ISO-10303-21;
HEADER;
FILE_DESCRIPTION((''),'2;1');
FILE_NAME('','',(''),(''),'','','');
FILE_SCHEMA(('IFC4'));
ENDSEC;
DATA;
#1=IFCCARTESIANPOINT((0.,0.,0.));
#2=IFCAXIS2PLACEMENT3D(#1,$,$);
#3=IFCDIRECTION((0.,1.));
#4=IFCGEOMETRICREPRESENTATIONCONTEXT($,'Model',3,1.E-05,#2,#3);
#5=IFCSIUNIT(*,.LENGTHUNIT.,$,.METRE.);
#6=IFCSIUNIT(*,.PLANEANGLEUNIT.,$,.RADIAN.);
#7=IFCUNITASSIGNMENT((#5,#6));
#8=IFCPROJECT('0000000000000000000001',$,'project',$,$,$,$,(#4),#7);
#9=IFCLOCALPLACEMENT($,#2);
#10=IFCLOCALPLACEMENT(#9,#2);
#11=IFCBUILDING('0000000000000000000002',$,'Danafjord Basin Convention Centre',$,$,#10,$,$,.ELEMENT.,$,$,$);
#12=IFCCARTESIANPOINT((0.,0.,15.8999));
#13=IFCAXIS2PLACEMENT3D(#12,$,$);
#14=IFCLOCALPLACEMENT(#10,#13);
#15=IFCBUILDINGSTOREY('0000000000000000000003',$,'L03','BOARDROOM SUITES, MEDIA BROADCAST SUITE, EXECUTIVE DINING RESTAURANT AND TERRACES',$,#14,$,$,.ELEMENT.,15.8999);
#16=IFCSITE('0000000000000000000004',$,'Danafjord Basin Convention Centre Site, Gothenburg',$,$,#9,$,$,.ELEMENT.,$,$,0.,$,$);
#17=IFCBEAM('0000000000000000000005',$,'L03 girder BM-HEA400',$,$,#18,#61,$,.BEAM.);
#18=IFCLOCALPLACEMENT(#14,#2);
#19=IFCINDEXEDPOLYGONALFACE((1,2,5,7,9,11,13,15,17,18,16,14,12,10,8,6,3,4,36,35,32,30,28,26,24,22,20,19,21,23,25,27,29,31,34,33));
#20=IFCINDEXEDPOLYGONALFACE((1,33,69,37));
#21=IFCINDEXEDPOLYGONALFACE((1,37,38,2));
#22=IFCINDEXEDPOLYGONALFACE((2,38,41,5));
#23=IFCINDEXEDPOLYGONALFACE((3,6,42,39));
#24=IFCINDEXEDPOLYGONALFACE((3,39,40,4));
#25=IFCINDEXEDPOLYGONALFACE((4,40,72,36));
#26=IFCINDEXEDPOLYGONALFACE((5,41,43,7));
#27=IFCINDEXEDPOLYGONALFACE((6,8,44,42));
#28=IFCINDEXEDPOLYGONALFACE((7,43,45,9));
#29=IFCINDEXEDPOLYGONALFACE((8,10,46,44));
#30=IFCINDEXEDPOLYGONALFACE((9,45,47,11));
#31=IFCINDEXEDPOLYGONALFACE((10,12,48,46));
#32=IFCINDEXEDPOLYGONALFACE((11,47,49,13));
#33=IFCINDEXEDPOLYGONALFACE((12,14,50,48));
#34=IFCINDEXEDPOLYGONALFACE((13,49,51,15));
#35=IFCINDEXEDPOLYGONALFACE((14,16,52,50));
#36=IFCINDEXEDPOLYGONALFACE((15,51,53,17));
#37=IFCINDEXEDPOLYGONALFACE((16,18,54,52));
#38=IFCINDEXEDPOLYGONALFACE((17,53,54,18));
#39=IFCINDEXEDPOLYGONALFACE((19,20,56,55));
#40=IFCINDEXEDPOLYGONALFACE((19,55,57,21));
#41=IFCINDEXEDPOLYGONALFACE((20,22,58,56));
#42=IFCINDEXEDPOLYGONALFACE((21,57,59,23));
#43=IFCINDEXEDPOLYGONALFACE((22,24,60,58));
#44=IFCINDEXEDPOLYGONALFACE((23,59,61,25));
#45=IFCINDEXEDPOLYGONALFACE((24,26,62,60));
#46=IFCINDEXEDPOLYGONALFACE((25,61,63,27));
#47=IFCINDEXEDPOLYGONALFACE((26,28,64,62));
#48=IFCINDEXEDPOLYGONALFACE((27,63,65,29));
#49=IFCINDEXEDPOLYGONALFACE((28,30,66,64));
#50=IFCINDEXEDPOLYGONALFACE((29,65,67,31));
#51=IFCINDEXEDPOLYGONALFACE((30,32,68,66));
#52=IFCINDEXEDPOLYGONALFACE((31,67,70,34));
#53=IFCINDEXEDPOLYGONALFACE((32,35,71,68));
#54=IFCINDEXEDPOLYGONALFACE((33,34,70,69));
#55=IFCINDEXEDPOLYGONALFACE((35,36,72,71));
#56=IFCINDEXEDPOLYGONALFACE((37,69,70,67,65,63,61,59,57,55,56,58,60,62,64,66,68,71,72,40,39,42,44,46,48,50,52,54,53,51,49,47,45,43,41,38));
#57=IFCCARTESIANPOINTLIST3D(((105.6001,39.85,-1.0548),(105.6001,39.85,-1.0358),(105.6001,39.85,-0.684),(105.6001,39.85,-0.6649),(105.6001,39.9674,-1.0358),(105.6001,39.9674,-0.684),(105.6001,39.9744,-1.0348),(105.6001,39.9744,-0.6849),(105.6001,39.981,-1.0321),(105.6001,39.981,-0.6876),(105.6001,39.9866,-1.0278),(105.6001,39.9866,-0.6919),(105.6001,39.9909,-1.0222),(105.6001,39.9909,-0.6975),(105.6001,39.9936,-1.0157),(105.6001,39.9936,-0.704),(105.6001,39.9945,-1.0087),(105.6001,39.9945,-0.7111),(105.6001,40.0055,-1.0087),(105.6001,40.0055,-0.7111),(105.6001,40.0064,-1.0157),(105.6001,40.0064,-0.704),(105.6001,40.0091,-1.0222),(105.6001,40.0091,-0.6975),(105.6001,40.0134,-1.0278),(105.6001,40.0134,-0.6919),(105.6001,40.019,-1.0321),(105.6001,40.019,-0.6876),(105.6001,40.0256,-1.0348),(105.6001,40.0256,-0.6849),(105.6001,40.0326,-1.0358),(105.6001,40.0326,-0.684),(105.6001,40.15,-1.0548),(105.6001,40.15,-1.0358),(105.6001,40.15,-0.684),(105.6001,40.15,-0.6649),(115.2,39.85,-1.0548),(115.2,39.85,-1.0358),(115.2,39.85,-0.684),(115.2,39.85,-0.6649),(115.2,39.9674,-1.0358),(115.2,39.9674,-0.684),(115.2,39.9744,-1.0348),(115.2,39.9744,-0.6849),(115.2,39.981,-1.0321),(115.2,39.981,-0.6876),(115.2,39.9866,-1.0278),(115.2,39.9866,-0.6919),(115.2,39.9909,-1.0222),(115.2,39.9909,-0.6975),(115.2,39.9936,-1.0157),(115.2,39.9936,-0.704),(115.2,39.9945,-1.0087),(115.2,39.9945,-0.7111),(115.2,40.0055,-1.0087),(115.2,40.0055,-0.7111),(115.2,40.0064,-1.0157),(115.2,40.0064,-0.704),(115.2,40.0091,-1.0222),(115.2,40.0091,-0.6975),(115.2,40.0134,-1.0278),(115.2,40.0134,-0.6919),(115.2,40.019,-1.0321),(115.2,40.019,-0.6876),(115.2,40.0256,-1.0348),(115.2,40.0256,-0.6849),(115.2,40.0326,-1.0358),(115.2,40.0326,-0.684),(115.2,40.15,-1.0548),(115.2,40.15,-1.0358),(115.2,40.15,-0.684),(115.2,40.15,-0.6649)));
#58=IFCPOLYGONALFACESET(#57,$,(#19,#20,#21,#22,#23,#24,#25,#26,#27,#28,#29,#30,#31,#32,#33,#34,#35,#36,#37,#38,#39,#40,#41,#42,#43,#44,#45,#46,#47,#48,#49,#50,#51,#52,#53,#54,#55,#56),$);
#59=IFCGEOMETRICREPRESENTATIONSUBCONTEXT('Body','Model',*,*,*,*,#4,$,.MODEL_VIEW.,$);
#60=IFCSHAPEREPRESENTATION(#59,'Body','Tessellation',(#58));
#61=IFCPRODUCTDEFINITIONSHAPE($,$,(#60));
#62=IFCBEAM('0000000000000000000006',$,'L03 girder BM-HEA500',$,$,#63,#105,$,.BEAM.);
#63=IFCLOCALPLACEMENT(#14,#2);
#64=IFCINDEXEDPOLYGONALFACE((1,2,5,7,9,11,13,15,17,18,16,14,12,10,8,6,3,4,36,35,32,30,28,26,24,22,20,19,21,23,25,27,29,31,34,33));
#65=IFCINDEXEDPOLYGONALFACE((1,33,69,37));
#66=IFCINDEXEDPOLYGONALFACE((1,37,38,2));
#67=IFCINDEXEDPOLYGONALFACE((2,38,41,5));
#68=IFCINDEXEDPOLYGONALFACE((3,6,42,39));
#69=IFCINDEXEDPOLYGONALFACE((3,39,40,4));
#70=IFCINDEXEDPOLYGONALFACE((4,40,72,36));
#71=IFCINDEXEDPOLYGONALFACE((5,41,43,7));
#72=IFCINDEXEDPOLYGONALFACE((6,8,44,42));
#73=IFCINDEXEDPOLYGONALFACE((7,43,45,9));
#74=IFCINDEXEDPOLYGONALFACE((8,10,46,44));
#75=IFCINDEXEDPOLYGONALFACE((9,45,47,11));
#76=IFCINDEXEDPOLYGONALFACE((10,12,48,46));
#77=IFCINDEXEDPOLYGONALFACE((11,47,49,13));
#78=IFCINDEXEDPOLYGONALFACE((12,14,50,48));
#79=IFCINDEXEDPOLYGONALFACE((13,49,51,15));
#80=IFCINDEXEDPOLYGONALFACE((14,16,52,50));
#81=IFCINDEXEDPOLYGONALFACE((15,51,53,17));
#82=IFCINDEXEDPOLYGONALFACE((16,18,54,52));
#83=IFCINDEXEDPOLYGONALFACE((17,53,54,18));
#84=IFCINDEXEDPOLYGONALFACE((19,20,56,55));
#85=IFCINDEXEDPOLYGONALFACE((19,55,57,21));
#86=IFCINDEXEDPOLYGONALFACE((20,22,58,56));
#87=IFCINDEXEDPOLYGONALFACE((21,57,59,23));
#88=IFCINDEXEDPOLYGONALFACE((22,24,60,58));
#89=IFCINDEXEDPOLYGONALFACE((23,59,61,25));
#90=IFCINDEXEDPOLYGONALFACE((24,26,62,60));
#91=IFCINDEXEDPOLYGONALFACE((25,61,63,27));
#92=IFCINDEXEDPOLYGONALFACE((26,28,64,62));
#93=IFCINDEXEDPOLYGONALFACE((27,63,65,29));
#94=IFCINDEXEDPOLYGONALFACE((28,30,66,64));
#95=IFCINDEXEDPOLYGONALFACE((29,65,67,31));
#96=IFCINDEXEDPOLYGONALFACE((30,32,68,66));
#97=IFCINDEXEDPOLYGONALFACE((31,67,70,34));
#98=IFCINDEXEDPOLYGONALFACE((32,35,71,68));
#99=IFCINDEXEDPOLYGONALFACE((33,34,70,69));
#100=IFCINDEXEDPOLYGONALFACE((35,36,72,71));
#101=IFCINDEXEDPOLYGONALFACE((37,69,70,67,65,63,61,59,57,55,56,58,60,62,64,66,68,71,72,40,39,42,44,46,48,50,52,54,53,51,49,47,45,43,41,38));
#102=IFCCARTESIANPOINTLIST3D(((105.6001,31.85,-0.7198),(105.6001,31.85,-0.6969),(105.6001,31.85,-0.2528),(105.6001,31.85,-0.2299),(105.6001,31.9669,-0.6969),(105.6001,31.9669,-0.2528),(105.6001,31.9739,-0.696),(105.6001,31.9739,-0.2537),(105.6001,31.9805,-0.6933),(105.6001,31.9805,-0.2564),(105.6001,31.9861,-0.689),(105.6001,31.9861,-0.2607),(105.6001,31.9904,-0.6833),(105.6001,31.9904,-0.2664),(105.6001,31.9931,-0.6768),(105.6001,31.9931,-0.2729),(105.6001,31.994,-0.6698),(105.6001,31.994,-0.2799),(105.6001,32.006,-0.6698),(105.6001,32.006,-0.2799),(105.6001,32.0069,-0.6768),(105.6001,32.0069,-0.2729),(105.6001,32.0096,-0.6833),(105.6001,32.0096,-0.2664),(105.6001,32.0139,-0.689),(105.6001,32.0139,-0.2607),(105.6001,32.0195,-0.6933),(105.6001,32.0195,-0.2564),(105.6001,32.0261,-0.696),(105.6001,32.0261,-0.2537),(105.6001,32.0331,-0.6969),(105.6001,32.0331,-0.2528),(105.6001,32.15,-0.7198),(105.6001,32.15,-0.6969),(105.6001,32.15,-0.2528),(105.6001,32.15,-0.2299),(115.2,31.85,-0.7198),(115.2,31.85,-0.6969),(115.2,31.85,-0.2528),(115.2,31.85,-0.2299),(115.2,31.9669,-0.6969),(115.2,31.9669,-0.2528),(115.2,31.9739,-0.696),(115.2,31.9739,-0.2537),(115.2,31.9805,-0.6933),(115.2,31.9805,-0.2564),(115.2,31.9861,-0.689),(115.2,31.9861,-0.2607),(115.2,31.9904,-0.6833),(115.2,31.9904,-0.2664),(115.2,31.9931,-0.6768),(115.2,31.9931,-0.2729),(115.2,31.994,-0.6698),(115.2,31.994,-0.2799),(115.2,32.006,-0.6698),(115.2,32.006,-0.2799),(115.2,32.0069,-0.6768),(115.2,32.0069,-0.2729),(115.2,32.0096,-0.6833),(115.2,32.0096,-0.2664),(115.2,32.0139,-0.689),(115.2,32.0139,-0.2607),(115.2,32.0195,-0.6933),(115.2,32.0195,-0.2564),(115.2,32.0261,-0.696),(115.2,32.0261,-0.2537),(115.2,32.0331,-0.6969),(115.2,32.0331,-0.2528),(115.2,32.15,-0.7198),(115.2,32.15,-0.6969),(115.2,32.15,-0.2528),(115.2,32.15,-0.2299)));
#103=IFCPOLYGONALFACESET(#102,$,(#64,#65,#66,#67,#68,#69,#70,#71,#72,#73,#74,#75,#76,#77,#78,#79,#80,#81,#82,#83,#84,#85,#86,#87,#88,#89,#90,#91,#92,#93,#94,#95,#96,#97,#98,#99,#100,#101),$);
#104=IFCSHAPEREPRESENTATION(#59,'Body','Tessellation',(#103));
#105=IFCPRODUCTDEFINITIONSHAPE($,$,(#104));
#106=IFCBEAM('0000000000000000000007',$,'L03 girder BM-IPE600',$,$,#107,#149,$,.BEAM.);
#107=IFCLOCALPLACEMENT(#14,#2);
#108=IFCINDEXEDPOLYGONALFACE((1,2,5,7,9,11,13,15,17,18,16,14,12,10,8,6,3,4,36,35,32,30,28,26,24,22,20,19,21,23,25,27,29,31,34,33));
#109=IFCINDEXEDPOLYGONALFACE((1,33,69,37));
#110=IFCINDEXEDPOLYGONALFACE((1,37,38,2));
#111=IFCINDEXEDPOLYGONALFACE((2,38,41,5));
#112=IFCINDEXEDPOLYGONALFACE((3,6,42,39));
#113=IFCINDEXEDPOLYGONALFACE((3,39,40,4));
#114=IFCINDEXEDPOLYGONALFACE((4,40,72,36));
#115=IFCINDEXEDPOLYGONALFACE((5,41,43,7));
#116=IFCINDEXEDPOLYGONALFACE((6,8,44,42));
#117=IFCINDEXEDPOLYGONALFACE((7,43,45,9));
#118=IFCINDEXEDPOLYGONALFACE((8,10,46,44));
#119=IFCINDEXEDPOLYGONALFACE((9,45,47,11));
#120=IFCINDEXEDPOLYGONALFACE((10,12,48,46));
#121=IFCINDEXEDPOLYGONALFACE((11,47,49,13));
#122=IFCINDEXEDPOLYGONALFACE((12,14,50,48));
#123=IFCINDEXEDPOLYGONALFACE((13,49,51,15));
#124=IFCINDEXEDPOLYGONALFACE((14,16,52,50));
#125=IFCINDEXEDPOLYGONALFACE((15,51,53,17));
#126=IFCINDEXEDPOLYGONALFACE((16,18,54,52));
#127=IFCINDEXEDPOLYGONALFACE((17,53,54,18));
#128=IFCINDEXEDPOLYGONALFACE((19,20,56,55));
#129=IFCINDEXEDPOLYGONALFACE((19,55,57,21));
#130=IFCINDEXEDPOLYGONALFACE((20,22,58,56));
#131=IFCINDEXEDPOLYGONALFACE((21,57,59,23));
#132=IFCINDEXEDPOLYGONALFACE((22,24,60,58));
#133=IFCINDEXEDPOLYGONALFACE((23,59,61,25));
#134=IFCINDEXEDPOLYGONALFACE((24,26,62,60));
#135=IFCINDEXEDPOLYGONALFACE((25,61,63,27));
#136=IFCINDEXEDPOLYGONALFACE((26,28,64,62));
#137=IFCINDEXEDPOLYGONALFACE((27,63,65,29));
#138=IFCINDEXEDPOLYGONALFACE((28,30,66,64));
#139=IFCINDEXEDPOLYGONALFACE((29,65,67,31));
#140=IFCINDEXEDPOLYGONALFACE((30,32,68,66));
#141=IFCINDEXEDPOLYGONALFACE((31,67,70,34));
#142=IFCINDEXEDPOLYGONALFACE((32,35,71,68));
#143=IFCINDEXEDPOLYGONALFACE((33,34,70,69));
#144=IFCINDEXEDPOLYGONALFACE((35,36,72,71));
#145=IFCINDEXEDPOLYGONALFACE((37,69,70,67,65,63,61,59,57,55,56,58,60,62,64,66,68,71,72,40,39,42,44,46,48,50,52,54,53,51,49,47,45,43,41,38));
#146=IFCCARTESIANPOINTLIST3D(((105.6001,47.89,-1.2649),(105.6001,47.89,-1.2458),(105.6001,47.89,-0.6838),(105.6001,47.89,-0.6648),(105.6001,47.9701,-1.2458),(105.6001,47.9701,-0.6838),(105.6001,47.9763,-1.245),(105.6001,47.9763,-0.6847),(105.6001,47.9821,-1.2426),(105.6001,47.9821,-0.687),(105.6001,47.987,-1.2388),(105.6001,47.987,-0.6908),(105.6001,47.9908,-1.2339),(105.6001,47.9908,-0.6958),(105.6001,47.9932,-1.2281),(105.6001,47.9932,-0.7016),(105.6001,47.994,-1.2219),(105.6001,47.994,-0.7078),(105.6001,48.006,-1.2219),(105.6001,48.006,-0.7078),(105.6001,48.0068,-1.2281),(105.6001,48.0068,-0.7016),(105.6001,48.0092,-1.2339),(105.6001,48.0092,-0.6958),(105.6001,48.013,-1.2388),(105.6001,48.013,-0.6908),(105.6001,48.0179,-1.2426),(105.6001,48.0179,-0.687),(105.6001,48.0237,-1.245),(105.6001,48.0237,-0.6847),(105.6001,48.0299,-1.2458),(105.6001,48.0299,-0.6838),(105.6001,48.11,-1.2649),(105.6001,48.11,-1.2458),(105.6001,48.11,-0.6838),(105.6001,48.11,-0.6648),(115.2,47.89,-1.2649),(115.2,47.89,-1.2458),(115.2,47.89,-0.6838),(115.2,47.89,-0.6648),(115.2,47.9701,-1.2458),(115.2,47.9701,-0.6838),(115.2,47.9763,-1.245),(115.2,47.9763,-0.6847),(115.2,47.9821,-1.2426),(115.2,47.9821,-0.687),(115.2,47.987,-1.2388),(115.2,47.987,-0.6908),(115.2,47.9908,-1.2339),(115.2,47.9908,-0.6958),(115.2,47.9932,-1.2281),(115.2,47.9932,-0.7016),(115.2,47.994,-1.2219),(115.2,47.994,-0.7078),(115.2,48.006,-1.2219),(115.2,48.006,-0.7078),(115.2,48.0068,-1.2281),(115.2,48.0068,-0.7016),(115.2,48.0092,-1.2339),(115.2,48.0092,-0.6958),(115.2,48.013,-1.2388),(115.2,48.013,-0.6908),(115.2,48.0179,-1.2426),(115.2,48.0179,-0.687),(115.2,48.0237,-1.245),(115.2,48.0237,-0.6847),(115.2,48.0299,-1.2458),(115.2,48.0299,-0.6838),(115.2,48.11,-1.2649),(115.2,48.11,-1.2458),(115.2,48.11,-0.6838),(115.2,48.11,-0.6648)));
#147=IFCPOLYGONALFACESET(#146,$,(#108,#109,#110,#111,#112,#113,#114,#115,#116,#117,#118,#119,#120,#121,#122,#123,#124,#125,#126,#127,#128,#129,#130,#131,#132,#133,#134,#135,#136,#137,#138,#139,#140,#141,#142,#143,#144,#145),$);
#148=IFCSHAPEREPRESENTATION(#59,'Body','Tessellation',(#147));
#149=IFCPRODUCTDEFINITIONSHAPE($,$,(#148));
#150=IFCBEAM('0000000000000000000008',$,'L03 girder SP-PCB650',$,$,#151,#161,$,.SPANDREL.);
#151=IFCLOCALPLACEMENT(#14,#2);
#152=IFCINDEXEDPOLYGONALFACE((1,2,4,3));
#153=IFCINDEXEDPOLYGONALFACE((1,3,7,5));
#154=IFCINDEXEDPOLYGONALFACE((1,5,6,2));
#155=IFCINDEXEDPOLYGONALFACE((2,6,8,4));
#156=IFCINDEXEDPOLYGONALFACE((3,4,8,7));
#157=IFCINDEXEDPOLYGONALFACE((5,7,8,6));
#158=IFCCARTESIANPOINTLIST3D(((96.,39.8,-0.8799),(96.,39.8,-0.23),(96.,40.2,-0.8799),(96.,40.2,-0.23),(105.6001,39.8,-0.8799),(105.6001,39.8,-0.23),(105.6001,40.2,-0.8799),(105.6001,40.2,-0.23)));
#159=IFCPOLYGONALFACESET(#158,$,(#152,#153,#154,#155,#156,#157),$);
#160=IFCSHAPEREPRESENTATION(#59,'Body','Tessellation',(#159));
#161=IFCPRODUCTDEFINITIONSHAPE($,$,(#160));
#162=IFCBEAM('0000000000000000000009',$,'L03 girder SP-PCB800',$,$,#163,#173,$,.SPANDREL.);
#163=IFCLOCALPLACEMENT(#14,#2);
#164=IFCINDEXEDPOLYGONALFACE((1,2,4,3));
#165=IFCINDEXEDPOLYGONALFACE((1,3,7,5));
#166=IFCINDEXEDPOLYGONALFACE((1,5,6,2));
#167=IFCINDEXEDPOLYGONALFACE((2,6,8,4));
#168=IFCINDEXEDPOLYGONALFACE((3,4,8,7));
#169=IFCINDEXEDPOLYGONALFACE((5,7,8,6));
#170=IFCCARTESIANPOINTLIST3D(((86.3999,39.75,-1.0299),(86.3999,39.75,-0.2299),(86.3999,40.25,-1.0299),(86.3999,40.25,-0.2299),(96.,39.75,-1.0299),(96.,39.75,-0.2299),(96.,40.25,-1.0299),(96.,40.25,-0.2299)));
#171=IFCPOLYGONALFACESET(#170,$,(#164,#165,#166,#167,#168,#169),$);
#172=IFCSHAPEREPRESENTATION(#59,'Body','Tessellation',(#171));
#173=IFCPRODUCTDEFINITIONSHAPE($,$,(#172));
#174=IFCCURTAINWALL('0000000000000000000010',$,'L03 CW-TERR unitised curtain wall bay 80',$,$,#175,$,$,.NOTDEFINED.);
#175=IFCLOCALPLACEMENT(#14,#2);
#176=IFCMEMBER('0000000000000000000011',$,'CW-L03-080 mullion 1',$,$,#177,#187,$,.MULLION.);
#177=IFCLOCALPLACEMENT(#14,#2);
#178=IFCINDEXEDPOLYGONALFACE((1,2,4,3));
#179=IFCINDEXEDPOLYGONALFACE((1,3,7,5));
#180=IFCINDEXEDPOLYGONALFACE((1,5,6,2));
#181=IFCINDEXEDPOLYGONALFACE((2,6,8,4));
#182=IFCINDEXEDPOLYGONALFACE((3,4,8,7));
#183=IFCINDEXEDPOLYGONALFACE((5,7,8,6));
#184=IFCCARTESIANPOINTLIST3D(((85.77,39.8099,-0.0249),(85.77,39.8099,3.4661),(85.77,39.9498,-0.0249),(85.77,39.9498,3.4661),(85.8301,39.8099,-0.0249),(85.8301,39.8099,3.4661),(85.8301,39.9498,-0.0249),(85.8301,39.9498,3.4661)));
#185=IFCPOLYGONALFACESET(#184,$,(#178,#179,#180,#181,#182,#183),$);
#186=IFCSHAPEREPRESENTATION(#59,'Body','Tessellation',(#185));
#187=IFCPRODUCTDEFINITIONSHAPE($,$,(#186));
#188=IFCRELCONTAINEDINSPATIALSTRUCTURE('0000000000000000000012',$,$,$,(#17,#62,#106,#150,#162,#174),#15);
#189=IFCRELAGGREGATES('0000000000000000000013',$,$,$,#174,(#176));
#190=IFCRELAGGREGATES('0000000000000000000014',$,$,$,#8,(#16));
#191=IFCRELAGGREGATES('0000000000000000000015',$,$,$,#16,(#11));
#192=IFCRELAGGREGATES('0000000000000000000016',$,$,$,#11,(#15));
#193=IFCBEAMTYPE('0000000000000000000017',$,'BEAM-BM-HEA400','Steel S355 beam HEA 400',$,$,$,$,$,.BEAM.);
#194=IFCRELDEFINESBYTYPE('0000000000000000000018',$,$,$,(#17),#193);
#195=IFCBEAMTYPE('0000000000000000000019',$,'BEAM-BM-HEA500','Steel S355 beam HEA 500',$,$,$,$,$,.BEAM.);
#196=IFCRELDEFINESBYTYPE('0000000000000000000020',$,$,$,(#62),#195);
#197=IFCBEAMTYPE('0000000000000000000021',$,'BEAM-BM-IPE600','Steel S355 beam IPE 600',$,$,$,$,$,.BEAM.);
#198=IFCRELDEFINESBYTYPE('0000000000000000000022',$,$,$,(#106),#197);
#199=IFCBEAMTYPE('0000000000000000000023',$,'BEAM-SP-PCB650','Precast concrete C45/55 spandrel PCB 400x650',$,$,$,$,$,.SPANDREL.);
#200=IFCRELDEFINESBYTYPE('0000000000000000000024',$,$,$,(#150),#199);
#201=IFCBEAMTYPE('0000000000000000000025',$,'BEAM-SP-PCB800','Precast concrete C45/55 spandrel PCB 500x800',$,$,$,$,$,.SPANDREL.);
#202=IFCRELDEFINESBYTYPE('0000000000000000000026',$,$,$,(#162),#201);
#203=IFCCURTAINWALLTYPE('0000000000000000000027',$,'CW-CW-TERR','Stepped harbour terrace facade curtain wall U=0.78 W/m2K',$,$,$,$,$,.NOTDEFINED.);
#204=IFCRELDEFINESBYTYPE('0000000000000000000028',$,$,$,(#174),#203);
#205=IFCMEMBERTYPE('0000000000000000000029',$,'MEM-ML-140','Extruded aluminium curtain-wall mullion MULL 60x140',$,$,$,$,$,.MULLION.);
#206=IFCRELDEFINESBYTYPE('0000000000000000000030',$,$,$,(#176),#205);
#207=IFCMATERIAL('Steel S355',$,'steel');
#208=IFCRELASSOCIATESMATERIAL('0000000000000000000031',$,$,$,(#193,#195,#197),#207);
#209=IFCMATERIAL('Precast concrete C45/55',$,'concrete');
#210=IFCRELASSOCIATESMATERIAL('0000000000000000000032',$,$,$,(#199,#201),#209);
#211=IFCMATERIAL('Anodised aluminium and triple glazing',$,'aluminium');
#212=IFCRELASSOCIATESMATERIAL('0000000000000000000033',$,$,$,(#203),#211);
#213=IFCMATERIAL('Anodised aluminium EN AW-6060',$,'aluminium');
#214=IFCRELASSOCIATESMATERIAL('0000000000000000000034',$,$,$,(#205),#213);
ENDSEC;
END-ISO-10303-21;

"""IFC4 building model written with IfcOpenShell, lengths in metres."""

from ifc_helpers import new_model, si_unit, direction, frame, origin, origin_2d, place, context, subcontext, project, spatial, rectangle, i_section, extrude, material, material_profile, profile_set, type_object, element, aggregate, save


model = new_model("IFC4")

# Units and contexts
model_context = context("Model", 3, precision=1e-05, world=origin(), true_north=direction((0.0, 1.0)))
body_context = subcontext(model_context, "Body", "Model", "MODEL_VIEW")
ifc_project = project(units=[si_unit("LENGTHUNIT", "METRE"), si_unit("PLANEANGLEUNIT", "RADIAN")], contexts=[model_context])

# Site, building, storey
site_placement = place(None, origin())
site = spatial("IfcSite", under=ifc_project, at=site_placement, Name="Danafjord Basin Convention Centre Site, Gothenburg", CompositionType="ELEMENT", RefElevation=0.0)
building_placement = place(site_placement, origin())
building = spatial("IfcBuilding", under=site, at=building_placement, Name="Danafjord Basin Convention Centre", CompositionType="ELEMENT")
storey_placement = place(building_placement, frame((0.0, 0.0, 15.8999)))
storey = spatial("IfcBuildingStorey", under=building, at=storey_placement, Name="L03", Description="BOARDROOM SUITES, MEDIA BROADCAST SUITE, EXECUTIVE DINING RESTAURANT AND TERRACES", CompositionType="ELEMENT", Elevation=15.8999)

# Shared definitions
ifc_material_1 = material(Name="Steel S355", Category="steel")

# Beams
ifc_material_profile_1 = material_profile(ifc_material_1, i_section(OverallWidth=0.3, OverallDepth=0.3899, WebThickness=0.011, FlangeThickness=0.019, FilletRadius=0.0271, at=origin_2d()), Name="HEA 400")
ifc_profile_set_1 = profile_set([ifc_material_profile_1], Name="Steel S355")
beam_type_1 = type_object("IfcBeamType", Name="BEAM-BM-HEA400", Description="Steel S355 beam HEA 400", PredefinedType="BEAM", material=ifc_profile_set_1)
beam_1_placement = place(storey_placement, frame((105.6001, 40.0, -0.8599), z_axis=(1.0, 0.0, 0.0), x_axis=(0.0, 1.0, 0.0)))
element("IfcBeam", 1, at=beam_1_placement, inside=storey, type_object=beam_type_1, Name="L03 girder BM-HEA400", PredefinedType="BEAM", context=body_context, shape_type="SweptSolid", body=[
    extrude(i_section(OverallWidth=0.3, OverallDepth=0.3899, WebThickness=0.011, FlangeThickness=0.019, FilletRadius=0.0271, at=origin_2d()), origin(), (0.0, 0.0, 1.0), 9.5999),
])
ifc_material_profile_2 = material_profile(ifc_material_1, i_section(OverallWidth=0.3, OverallDepth=0.49, WebThickness=0.012, FlangeThickness=0.0229, FilletRadius=0.0271, at=origin_2d()), Name="HEA 500")
ifc_profile_set_2 = profile_set([ifc_material_profile_2], Name="Steel S355")
beam_type_2 = type_object("IfcBeamType", Name="BEAM-BM-HEA500", Description="Steel S355 beam HEA 500", PredefinedType="BEAM", material=ifc_profile_set_2)
beam_2_placement = place(storey_placement, frame((105.6001, 32.0, -0.4749), z_axis=(1.0, 0.0, 0.0), x_axis=(0.0, 1.0, 0.0)))
element("IfcBeam", 2, at=beam_2_placement, inside=storey, type_object=beam_type_2, Name="L03 girder BM-HEA500", PredefinedType="BEAM", context=body_context, shape_type="SweptSolid", body=[
    extrude(i_section(OverallWidth=0.3, OverallDepth=0.49, WebThickness=0.012, FlangeThickness=0.0229, FilletRadius=0.0271, at=origin_2d()), origin(), (0.0, 0.0, 1.0), 9.5999),
])
ifc_material_profile_3 = material_profile(ifc_material_1, i_section(OverallWidth=0.22, OverallDepth=0.6001, WebThickness=0.012, FlangeThickness=0.019, FilletRadius=0.0239, at=origin_2d()), Name="IPE 600")
ifc_profile_set_3 = profile_set([ifc_material_profile_3], Name="Steel S355")
beam_type_3 = type_object("IfcBeamType", Name="BEAM-BM-IPE600", Description="Steel S355 beam IPE 600", PredefinedType="BEAM", material=ifc_profile_set_3)
beam_3_placement = place(storey_placement, frame((105.6001, 48.0, -0.9648), z_axis=(1.0, 0.0, 0.0), x_axis=(0.0, 1.0, 0.0)))
element("IfcBeam", 3, at=beam_3_placement, inside=storey, type_object=beam_type_3, Name="L03 girder BM-IPE600", PredefinedType="BEAM", context=body_context, shape_type="SweptSolid", body=[
    extrude(i_section(OverallWidth=0.22, OverallDepth=0.6001, WebThickness=0.012, FlangeThickness=0.019, FilletRadius=0.0239, at=origin_2d()), origin(), (0.0, 0.0, 1.0), 9.5999),
])
ifc_material_2 = material(Name="Precast concrete C45/55", Category="concrete")
ifc_material_profile_4 = material_profile(ifc_material_2, rectangle(XDim=0.3999, YDim=0.6499, at=origin_2d()), Name="PCB 400x650")
ifc_profile_set_4 = profile_set([ifc_material_profile_4], Name="Precast concrete C45/55")
beam_type_4 = type_object("IfcBeamType", Name="BEAM-SP-PCB650", Description="Precast concrete C45/55 spandrel PCB 400x650", PredefinedType="SPANDREL", material=ifc_profile_set_4)
beam_4_placement = place(storey_placement, frame((96.0, 40.0, -0.5549), z_axis=(1.0, 0.0, 0.0), x_axis=(0.0, 1.0, 0.0)))
element("IfcBeam", 4, at=beam_4_placement, inside=storey, type_object=beam_type_4, Name="L03 girder SP-PCB650", PredefinedType="SPANDREL", context=body_context, shape_type="SweptSolid", body=[
    extrude(rectangle(XDim=0.3999, YDim=0.6499, at=origin_2d()), origin(), (0.0, 0.0, 1.0), 9.6001),
])
ifc_material_profile_5 = material_profile(ifc_material_2, rectangle(XDim=0.5, YDim=0.8, at=origin_2d()), Name="PCB 500x800")
ifc_profile_set_5 = profile_set([ifc_material_profile_5], Name="Precast concrete C45/55")
beam_type_5 = type_object("IfcBeamType", Name="BEAM-SP-PCB800", Description="Precast concrete C45/55 spandrel PCB 500x800", PredefinedType="SPANDREL", material=ifc_profile_set_5)
beam_5_placement = place(storey_placement, frame((86.3999, 40.0, -0.6299), z_axis=(1.0, 0.0, 0.0), x_axis=(0.0, 1.0, 0.0)))
element("IfcBeam", 5, at=beam_5_placement, inside=storey, type_object=beam_type_5, Name="L03 girder SP-PCB800", PredefinedType="SPANDREL", context=body_context, shape_type="SweptSolid", body=[
    extrude(rectangle(XDim=0.5, YDim=0.8, at=origin_2d()), origin(), (0.0, 0.0, 1.0), 9.6001),
])

# Curtain wall, member
ifc_material_3 = material(Name="Anodised aluminium and triple glazing", Category="aluminium")
curtain_wall_type = type_object("IfcCurtainWallType", Name="CW-CW-TERR", Description="Stepped harbour terrace facade curtain wall U=0.78 W/m2K", PredefinedType="NOTDEFINED", material=ifc_material_3)
curtain_wall_1_placement = place(storey_placement, origin())
curtain_wall_1 = element("IfcCurtainWall", 6, at=curtain_wall_1_placement, inside=storey, type_object=curtain_wall_type, Name="L03 CW-TERR unitised curtain wall bay 80", PredefinedType="NOTDEFINED")
ifc_material_4 = material(Name="Anodised aluminium EN AW-6060", Category="aluminium")
ifc_material_profile_6 = material_profile(ifc_material_4, rectangle(XDim=0.0601, YDim=0.1399, at=origin_2d()), Name="MULL 60x140")
ifc_profile_set_6 = profile_set([ifc_material_profile_6], Name="Anodised aluminium EN AW-6060")
member_type_1 = type_object("IfcMemberType", Name="MEM-ML-140", Description="Extruded aluminium curtain-wall mullion MULL 60x140", PredefinedType="MULLION", material=ifc_profile_set_6)
member_1_placement = place(storey_placement, frame((85.8, 39.8799, -0.0249), z_axis=(0.0, 0.0, 1.0), x_axis=(-1.0, 0.0, 0.0)))
member_1 = element("IfcMember", 7, at=member_1_placement, type_object=member_type_1, Name="CW-L03-080 mullion 1", PredefinedType="MULLION", context=body_context, shape_type="SweptSolid", body=[
    extrude(rectangle(XDim=0.0601, YDim=0.1399, at=origin_2d()), origin(), (0.0, 0.0, 1.0), 3.491),
])

aggregate(curtain_wall_1, [member_1])

save(model, "model.ifc")
